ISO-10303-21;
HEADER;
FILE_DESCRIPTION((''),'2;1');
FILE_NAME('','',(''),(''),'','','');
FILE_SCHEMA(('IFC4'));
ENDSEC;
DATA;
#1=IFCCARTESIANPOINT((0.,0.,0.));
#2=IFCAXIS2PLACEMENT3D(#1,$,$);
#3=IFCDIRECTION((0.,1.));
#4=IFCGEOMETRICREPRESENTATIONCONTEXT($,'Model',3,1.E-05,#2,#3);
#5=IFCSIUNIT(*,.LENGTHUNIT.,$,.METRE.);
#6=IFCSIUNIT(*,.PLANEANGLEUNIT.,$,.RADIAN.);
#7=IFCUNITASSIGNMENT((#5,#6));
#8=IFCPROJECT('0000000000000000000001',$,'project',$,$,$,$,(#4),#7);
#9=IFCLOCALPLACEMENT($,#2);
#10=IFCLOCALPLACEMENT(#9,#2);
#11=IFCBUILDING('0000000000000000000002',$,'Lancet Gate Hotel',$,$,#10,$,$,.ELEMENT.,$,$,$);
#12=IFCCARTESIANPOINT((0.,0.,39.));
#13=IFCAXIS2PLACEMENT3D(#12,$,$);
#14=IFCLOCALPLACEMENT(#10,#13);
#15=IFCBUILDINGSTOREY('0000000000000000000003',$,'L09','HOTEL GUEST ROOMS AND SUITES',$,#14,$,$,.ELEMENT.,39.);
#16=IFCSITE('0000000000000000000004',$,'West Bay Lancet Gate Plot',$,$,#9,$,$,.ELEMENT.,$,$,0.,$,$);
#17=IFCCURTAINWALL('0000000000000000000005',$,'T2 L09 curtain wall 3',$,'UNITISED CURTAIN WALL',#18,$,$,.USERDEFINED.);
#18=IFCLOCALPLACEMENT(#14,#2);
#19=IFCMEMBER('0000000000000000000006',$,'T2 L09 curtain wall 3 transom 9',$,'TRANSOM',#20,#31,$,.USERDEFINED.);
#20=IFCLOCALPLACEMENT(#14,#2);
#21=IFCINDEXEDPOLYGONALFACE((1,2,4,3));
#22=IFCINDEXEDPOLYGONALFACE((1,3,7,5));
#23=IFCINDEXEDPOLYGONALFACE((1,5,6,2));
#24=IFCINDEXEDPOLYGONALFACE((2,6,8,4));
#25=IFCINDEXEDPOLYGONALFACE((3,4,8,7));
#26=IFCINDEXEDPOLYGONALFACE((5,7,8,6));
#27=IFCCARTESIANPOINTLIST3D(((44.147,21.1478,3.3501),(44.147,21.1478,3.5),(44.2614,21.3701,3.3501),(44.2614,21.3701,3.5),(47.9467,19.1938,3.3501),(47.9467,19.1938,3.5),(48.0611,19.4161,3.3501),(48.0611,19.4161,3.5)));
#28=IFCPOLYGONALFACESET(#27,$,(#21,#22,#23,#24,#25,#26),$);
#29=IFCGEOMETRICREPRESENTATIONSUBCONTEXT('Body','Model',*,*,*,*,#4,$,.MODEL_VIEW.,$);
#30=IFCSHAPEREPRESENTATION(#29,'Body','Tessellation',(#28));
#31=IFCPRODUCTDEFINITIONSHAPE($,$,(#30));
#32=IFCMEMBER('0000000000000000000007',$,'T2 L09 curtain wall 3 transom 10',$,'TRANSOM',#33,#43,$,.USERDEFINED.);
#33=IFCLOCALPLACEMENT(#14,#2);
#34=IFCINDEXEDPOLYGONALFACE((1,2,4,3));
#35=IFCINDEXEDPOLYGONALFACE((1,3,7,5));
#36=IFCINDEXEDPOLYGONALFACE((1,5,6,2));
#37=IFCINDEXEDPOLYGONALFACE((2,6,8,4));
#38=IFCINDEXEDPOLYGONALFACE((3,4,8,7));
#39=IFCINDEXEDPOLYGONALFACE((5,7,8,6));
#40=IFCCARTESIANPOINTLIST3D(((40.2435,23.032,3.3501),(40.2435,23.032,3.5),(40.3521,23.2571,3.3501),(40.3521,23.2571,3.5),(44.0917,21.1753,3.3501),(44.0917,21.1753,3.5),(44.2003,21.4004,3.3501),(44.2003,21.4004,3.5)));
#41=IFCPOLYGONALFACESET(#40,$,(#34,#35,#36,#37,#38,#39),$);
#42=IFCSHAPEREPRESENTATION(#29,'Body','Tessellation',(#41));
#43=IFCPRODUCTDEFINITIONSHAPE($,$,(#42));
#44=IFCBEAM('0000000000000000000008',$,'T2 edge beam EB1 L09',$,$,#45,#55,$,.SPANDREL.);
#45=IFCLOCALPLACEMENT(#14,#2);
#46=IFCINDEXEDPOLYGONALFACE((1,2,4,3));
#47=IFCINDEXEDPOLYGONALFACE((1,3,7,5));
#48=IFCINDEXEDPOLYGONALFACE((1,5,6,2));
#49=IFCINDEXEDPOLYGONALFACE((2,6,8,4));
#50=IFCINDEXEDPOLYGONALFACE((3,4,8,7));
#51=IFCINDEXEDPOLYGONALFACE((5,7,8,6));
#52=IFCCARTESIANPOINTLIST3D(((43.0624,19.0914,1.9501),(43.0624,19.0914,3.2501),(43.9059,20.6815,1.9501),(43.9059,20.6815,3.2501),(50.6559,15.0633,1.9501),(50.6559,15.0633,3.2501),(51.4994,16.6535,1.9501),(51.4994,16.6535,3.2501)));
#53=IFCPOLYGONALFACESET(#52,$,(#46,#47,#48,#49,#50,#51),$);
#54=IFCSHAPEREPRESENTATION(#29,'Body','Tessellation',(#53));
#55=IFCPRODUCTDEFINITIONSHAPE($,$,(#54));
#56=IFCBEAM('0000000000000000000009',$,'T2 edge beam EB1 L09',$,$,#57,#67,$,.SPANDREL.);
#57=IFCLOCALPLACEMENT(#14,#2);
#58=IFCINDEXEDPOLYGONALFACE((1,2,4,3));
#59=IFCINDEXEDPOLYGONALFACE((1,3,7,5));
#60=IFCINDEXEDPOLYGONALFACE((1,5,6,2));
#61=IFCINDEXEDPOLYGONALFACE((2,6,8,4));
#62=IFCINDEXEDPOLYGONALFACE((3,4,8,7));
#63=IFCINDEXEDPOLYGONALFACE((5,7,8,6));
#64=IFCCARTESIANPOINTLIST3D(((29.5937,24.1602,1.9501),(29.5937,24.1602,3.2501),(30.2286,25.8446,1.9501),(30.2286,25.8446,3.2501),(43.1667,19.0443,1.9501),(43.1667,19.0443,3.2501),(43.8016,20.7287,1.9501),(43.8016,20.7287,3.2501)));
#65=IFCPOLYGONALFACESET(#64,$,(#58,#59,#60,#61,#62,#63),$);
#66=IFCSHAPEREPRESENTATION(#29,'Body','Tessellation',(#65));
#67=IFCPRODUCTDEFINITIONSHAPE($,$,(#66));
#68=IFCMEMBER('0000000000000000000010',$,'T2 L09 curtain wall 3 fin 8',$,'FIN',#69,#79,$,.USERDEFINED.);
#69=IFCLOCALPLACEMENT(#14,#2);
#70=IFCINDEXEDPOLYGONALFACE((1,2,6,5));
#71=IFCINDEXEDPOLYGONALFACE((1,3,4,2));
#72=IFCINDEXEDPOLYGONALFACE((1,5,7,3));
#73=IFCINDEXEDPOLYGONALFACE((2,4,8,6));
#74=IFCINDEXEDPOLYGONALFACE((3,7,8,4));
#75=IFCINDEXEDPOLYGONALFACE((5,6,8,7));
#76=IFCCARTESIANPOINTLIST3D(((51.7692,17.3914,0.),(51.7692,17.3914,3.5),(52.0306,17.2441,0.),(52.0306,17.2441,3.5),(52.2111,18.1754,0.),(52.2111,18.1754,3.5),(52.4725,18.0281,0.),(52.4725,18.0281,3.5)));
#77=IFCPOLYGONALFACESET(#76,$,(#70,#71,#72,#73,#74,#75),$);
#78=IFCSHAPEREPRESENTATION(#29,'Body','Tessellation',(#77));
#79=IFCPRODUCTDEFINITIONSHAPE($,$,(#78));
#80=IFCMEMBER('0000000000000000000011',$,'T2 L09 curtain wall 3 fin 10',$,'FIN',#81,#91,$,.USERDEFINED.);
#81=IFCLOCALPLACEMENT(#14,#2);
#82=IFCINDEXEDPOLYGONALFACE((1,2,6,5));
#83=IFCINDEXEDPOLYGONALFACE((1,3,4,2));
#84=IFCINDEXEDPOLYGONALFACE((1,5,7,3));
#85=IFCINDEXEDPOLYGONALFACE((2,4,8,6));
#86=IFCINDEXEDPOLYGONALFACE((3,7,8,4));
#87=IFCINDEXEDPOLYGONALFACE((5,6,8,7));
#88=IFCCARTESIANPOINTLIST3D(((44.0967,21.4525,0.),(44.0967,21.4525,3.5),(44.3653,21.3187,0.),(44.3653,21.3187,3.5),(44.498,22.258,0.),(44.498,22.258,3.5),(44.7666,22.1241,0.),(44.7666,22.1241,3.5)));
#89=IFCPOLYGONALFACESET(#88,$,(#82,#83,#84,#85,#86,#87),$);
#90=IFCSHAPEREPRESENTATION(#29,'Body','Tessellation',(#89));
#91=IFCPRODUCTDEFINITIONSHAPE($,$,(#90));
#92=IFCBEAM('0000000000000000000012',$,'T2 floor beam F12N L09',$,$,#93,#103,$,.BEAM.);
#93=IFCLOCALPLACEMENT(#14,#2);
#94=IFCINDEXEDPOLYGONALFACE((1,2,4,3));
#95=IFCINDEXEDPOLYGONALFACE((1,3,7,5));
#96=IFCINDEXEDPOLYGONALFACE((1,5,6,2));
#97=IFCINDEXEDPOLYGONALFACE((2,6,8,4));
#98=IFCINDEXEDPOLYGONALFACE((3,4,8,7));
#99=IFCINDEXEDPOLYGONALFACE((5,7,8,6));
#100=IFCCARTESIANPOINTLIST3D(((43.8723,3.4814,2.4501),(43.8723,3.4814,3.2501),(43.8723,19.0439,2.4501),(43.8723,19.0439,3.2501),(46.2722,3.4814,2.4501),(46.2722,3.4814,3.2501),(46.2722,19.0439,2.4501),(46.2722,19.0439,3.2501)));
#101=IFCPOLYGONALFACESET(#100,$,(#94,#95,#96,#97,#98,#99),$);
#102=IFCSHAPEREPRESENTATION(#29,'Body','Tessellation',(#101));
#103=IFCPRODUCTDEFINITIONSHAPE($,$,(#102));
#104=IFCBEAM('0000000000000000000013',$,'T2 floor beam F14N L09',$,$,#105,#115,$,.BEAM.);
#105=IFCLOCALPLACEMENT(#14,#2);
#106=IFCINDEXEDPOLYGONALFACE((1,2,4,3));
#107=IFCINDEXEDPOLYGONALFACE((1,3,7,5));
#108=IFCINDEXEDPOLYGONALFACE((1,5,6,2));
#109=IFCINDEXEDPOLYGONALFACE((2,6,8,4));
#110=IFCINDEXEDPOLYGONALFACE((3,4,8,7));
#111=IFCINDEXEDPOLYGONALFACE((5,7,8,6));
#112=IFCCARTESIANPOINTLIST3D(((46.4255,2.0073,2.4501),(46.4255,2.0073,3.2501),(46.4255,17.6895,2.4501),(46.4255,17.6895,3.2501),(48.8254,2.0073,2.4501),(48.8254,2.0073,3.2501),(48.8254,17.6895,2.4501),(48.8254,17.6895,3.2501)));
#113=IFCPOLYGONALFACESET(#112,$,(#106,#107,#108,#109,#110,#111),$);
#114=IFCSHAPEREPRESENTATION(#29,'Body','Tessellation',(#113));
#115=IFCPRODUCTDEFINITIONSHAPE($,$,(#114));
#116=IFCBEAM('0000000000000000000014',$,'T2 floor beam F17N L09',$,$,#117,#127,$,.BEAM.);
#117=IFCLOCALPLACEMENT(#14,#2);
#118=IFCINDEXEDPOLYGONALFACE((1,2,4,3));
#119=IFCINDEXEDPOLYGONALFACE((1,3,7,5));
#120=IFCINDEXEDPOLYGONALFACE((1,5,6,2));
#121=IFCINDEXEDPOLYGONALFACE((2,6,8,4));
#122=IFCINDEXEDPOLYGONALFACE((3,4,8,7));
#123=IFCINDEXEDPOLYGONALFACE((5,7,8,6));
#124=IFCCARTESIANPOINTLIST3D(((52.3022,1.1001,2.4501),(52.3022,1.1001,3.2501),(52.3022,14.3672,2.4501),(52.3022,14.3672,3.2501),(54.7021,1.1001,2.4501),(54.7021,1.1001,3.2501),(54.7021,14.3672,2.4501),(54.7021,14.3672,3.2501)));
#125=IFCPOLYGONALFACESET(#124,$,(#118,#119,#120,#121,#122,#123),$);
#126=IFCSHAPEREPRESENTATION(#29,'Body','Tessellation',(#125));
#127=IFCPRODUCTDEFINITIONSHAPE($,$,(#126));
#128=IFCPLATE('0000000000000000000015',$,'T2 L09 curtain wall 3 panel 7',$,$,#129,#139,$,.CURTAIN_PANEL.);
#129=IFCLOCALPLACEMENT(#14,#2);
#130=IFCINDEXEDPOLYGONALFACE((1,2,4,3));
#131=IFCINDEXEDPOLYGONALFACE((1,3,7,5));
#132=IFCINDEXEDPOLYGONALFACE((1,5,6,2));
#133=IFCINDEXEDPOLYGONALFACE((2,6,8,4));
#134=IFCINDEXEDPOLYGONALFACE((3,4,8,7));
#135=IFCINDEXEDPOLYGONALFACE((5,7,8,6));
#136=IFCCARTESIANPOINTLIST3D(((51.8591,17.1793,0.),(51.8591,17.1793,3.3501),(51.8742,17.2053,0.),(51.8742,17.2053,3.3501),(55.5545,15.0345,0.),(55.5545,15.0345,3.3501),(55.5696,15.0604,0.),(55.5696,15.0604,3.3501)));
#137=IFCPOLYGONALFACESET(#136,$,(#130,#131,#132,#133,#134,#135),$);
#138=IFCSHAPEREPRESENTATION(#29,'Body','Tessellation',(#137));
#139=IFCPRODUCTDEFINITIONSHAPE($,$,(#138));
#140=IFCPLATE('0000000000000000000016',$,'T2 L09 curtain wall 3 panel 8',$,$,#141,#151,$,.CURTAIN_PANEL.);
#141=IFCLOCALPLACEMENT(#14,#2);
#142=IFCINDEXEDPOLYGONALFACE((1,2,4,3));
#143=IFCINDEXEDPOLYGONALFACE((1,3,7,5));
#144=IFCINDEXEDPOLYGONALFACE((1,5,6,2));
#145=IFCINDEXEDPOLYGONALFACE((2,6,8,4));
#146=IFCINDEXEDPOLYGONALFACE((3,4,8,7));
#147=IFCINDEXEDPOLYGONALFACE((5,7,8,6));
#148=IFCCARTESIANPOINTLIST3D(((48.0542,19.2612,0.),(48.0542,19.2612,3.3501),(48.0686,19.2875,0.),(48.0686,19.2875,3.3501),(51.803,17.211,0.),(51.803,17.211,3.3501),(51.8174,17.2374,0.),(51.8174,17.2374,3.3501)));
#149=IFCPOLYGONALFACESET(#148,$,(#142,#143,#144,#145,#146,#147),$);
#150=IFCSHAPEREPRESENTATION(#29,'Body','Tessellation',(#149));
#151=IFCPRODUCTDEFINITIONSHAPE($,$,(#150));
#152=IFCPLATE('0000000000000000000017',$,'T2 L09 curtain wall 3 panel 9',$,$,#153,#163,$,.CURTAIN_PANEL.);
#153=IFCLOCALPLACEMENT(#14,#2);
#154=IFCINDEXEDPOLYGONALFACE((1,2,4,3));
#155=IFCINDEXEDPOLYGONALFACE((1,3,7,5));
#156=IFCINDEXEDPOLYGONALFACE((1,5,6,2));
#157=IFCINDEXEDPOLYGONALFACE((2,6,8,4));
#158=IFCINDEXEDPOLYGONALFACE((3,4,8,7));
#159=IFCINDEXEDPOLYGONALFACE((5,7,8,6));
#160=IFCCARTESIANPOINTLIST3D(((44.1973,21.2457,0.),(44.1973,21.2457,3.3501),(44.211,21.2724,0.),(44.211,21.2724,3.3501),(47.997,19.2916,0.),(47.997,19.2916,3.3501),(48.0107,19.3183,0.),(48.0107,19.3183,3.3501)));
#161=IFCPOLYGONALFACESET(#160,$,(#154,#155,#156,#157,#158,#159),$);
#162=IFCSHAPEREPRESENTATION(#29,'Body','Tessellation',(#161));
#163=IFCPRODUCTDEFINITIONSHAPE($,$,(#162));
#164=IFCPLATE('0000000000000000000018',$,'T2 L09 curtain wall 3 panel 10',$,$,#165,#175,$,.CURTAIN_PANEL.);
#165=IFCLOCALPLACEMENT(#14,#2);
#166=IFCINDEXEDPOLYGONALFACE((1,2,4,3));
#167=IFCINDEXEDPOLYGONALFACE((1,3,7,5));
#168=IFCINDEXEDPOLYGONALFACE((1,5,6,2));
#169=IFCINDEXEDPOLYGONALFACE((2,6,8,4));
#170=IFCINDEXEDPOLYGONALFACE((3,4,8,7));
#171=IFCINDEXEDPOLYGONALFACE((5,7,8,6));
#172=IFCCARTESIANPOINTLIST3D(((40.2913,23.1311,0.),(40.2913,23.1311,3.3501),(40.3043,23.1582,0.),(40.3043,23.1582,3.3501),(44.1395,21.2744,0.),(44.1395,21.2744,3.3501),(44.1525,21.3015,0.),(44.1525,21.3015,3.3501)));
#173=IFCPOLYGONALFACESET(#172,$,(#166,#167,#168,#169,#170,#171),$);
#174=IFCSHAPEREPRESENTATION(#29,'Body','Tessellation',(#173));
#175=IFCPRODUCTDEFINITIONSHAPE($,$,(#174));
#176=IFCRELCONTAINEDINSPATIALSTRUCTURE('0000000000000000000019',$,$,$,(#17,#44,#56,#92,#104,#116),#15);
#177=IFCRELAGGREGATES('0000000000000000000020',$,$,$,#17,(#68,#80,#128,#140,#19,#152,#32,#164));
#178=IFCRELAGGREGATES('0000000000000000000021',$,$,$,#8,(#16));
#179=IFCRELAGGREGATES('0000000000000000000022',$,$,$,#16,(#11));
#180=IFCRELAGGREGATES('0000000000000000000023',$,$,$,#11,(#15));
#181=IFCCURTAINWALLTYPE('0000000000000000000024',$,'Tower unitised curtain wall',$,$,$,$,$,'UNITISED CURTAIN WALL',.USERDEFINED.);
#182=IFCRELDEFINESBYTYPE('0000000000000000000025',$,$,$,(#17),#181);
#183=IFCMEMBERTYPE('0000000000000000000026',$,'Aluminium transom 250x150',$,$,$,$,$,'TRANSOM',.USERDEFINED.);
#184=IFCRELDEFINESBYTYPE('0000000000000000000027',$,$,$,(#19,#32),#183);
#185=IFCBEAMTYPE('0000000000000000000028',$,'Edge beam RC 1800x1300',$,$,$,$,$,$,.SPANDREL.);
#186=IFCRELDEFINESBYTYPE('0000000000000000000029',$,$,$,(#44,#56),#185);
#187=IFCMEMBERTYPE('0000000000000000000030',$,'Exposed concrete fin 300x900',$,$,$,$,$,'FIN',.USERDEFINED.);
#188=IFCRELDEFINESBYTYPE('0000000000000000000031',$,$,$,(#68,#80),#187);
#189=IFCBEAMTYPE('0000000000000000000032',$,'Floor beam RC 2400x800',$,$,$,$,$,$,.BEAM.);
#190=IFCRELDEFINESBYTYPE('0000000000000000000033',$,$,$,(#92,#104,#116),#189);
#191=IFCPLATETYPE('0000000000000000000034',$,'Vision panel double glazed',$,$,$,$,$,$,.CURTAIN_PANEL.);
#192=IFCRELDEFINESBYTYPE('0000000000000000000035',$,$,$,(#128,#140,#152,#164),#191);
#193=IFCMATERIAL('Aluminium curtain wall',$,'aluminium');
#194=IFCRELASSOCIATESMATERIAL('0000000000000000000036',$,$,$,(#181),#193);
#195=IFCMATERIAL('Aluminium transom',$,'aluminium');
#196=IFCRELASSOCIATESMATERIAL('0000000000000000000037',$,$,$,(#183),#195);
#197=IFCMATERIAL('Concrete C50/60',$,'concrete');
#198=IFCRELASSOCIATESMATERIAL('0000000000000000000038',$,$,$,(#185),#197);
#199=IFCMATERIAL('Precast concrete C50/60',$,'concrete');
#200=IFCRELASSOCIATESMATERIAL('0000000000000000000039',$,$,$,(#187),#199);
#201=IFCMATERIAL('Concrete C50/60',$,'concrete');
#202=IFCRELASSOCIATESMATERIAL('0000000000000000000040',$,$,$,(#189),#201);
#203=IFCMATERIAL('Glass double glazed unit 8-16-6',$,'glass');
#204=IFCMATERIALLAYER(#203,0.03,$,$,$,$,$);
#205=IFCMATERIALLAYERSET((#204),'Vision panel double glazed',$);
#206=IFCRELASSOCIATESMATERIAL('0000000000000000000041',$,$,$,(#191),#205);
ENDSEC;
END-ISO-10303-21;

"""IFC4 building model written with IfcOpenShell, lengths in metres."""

from ifc_helpers import new_model, si_unit, direction, frame, origin, origin_2d, place, context, subcontext, project, spatial, rectangle, extrude, material, layer, layer_set, material_profile, profile_set, type_object, element, aggregate, save


model = new_model("IFC4")

# Units and contexts
model_context = context("Model", 3, precision=1e-05, world=origin(), true_north=direction((0.0, 1.0)))
body_context = subcontext(model_context, "Body", "Model", "MODEL_VIEW")
ifc_project = project(units=[si_unit("LENGTHUNIT", "METRE"), si_unit("PLANEANGLEUNIT", "RADIAN")], contexts=[model_context])

# Site, building, storey
site_placement = place(None, origin())
site = spatial("IfcSite", under=ifc_project, at=site_placement, Name="West Bay Lancet Gate Plot", CompositionType="ELEMENT", RefElevation=0.0)
building_placement = place(site_placement, origin())
building = spatial("IfcBuilding", under=site, at=building_placement, Name="Lancet Gate Hotel", CompositionType="ELEMENT")
storey_placement = place(building_placement, frame((0.0, 0.0, 39.0)))
storey = spatial("IfcBuildingStorey", under=building, at=storey_placement, Name="L09", Description="HOTEL GUEST ROOMS AND SUITES", CompositionType="ELEMENT", Elevation=39.0)

# Curtain wall, members
ifc_material_1 = material(Name="Aluminium curtain wall", Category="aluminium")
curtain_wall_type = type_object("IfcCurtainWallType", Name="Tower unitised curtain wall", ElementType="UNITISED CURTAIN WALL", PredefinedType="USERDEFINED", material=ifc_material_1)
curtain_wall_placement = place(storey_placement, origin())
curtain_wall = element("IfcCurtainWall", 1, at=curtain_wall_placement, inside=storey, type_object=curtain_wall_type, Name="T2 L09 curtain wall 3", ObjectType="UNITISED CURTAIN WALL", PredefinedType="USERDEFINED")
ifc_material_2 = material(Name="Aluminium transom", Category="aluminium")
ifc_material_profile_1 = material_profile(ifc_material_2, rectangle(XDim=0.25, YDim=0.1499, at=origin_2d()), Name="TRANSOM 250x150")
ifc_profile_set_1 = profile_set([ifc_material_profile_1], Name="Aluminium transom")
member_type_1 = type_object("IfcMemberType", Name="Aluminium transom 250x150", ElementType="TRANSOM", PredefinedType="USERDEFINED", material=ifc_profile_set_1)
member_1_placement = place(storey_placement, frame((48.0039, 19.3049, 3.425), z_axis=(-0.889296, 0.457333, 0.0), x_axis=(-0.457333, -0.889296, 0.0)))
member_1 = element("IfcMember", 2, at=member_1_placement, type_object=member_type_1, Name="T2 L09 curtain wall 3 transom 9", ObjectType="TRANSOM", PredefinedType="USERDEFINED", context=body_context, shape_type="SweptSolid", body=[
    extrude(rectangle(XDim=0.25, YDim=0.1499, at=origin_2d()), origin(), (0.0, 0.0, 1.0), 4.2727),
])
member_2_placement = place(storey_placement, frame((44.146, 21.2878, 3.425), z_axis=(-0.900646, 0.434553, 0.0), x_axis=(-0.434553, -0.900646, 0.0)))
member_2 = element("IfcMember", 3, at=member_2_placement, type_object=member_type_1, Name="T2 L09 curtain wall 3 transom 10", ObjectType="TRANSOM", PredefinedType="USERDEFINED", context=body_context, shape_type="SweptSolid", body=[
    extrude(rectangle(XDim=0.25, YDim=0.1499, at=origin_2d()), origin(), (0.0, 0.0, 1.0), 4.2727),
])

# Beams
ifc_material_3 = material(Name="Concrete C50/60", Category="concrete")
ifc_material_profile_2 = material_profile(ifc_material_3, rectangle(XDim=1.8, YDim=1.3, at=origin_2d()), Name="RC 1800x1300")
ifc_profile_set_2 = profile_set([ifc_material_profile_2], Name="Concrete C50/60")
beam_type_1 = type_object("IfcBeamType", Name="Edge beam RC 1800x1300", PredefinedType="SPANDREL", material=ifc_profile_set_2)
beam_1_placement = place(storey_placement, frame((51.0776, 15.8584, 2.6001), z_axis=(-0.883403, 0.468613, 0.0), x_axis=(-0.468613, -0.883403, 0.0)))
element("IfcBeam", 4, at=beam_1_placement, inside=storey, type_object=beam_type_1, Name="T2 edge beam EB1 L09", PredefinedType="SPANDREL", context=body_context, shape_type="SweptSolid", body=[
    extrude(rectangle(XDim=1.8, YDim=1.3, at=origin_2d()), origin(), (0.0, 0.0, 1.0), 8.5957),
])
beam_2_placement = place(storey_placement, frame((43.4841, 19.8865, 2.6001), z_axis=(-0.935736, 0.3527, 0.0), x_axis=(-0.3527, -0.935736, 0.0)))
element("IfcBeam", 5, at=beam_2_placement, inside=storey, type_object=beam_type_1, Name="T2 edge beam EB1 L09", PredefinedType="SPANDREL", context=body_context, shape_type="SweptSolid", body=[
    extrude(rectangle(XDim=1.8, YDim=1.3, at=origin_2d()), origin(), (0.0, 0.0, 1.0), 14.5051),
])

# Members
ifc_material_4 = material(Name="Precast concrete C50/60", Category="concrete")
ifc_material_profile_3 = material_profile(ifc_material_4, rectangle(XDim=0.3, YDim=0.8999, at=origin_2d()), Name="FIN 300x900")
ifc_profile_set_3 = profile_set([ifc_material_profile_3], Name="Precast concrete C50/60")
member_type_2 = type_object("IfcMemberType", Name="Exposed concrete fin 300x900", ElementType="FIN", PredefinedType="USERDEFINED", material=ifc_profile_set_3)
member_3_placement = place(storey_placement, frame((52.1208, 17.7097, 0.0), z_axis=(0.0, 0.0, 1.0), x_axis=(-0.87119, 0.490945, 0.0)))
member_3 = element("IfcMember", 6, at=member_3_placement, type_object=member_type_2, Name="T2 L09 curtain wall 3 fin 8", ObjectType="FIN", PredefinedType="USERDEFINED", context=body_context, shape_type="SweptSolid", body=[
    extrude(rectangle(XDim=0.3, YDim=0.8999, at=origin_2d()), origin(), (0.0, 0.0, 1.0), 3.5),
])
member_4_placement = place(storey_placement, frame((44.4316, 21.7883, 0.0), z_axis=(0.0, 0.0, 1.0), x_axis=(-0.895044, 0.445978, 0.0)))
member_4 = element("IfcMember", 7, at=member_4_placement, type_object=member_type_2, Name="T2 L09 curtain wall 3 fin 10", ObjectType="FIN", PredefinedType="USERDEFINED", context=body_context, shape_type="SweptSolid", body=[
    extrude(rectangle(XDim=0.3, YDim=0.8999, at=origin_2d()), origin(), (0.0, 0.0, 1.0), 3.5),
])

# Beams
ifc_material_5 = material(Name="Concrete C50/60", Category="concrete")
ifc_material_profile_4 = material_profile(ifc_material_5, rectangle(XDim=2.3999, YDim=0.8, at=origin_2d()), Name="RC 2400x800")
ifc_profile_set_4 = profile_set([ifc_material_profile_4], Name="Concrete C50/60")
beam_type_2 = type_object("IfcBeamType", Name="Floor beam RC 2400x800", PredefinedType="BEAM", material=ifc_profile_set_4)
beam_3_placement = place(storey_placement, frame((45.0723, 3.4814, 2.8501), z_axis=(0.0, 1.0, 0.0), x_axis=(-1.0, 0.0, 0.0)))
element("IfcBeam", 8, at=beam_3_placement, inside=storey, type_object=beam_type_2, Name="T2 floor beam F12N L09", PredefinedType="BEAM", context=body_context, shape_type="SweptSolid", body=[
    extrude(rectangle(XDim=2.3999, YDim=0.8, at=origin_2d()), origin(), (0.0, 0.0, 1.0), 15.5625),
])
beam_4_placement = place(storey_placement, frame((47.6255, 2.0073, 2.8501), z_axis=(0.0, 1.0, 0.0), x_axis=(-1.0, 0.0, 0.0)))
element("IfcBeam", 9, at=beam_4_placement, inside=storey, type_object=beam_type_2, Name="T2 floor beam F14N L09", PredefinedType="BEAM", context=body_context, shape_type="SweptSolid", body=[
    extrude(rectangle(XDim=2.3999, YDim=0.8, at=origin_2d()), origin(), (0.0, 0.0, 1.0), 15.6821),
])
beam_5_placement = place(storey_placement, frame((53.5022, 1.1001, 2.8501), z_axis=(0.0, 1.0, 0.0), x_axis=(-1.0, 0.0, 0.0)))
element("IfcBeam", 10, at=beam_5_placement, inside=storey, type_object=beam_type_2, Name="T2 floor beam F17N L09", PredefinedType="BEAM", context=body_context, shape_type="SweptSolid", body=[
    extrude(rectangle(XDim=2.3999, YDim=0.8, at=origin_2d()), origin(), (0.0, 0.0, 1.0), 13.2671),
])

# Plates
ifc_material_6 = material(Name="Glass double glazed unit 8-16-6", Category="glass")
ifc_layer_1 = layer(ifc_material_6, 0.03)
ifc_layer_set_1 = layer_set([ifc_layer_1], Name="Vision panel double glazed")
plate_type = type_object("IfcPlateType", Name="Vision panel double glazed", PredefinedType="CURTAIN_PANEL", material=ifc_layer_set_1)
plate_1_placement = place(storey_placement, frame((53.7144, 16.1199, 0.0), z_axis=(0.0, 0.0, 1.0), x_axis=(-0.864872, 0.501993, 0.0)))
plate_1 = element("IfcPlate", 11, at=plate_1_placement, type_object=plate_type, Name="T2 L09 curtain wall 3 panel 7", PredefinedType="CURTAIN_PANEL", context=body_context, shape_type="SweptSolid", body=[
    extrude(rectangle(XDim=4.2727, YDim=0.03, at=origin_2d()), origin(), (0.0, 0.0, 1.0), 3.3501),
])
plate_2_placement = place(storey_placement, frame((49.9358, 18.2493, 0.0), z_axis=(0.0, 0.0, 1.0), x_axis=(-0.877368, 0.479818, 0.0)))
plate_2 = element("IfcPlate", 12, at=plate_2_placement, type_object=plate_type, Name="T2 L09 curtain wall 3 panel 8", PredefinedType="CURTAIN_PANEL", context=body_context, shape_type="SweptSolid", body=[
    extrude(rectangle(XDim=4.2727, YDim=0.03, at=origin_2d()), origin(), (0.0, 0.0, 1.0), 3.3501),
])
plate_3_placement = place(storey_placement, frame((46.104, 20.282, 0.0), z_axis=(0.0, 0.0, 1.0), x_axis=(-0.889296, 0.457332, 0.0)))
plate_3 = element("IfcPlate", 13, at=plate_3_placement, type_object=plate_type, Name="T2 L09 curtain wall 3 panel 9", PredefinedType="CURTAIN_PANEL", context=body_context, shape_type="SweptSolid", body=[
    extrude(rectangle(XDim=4.2727, YDim=0.03, at=origin_2d()), origin(), (0.0, 0.0, 1.0), 3.3501),
])
plate_4_placement = place(storey_placement, frame((42.2219, 22.2163, 0.0), z_axis=(0.0, 0.0, 1.0), x_axis=(-0.900647, 0.43455, 0.0)))
plate_4 = element("IfcPlate", 14, at=plate_4_placement, type_object=plate_type, Name="T2 L09 curtain wall 3 panel 10", PredefinedType="CURTAIN_PANEL", context=body_context, shape_type="SweptSolid", body=[
    extrude(rectangle(XDim=4.2727, YDim=0.03, at=origin_2d()), origin(), (0.0, 0.0, 1.0), 3.3501),
])
aggregate(curtain_wall, [member_3, member_4, plate_1, plate_2, member_1, plate_3, member_2, plate_4])

save(model, "model.ifc")
